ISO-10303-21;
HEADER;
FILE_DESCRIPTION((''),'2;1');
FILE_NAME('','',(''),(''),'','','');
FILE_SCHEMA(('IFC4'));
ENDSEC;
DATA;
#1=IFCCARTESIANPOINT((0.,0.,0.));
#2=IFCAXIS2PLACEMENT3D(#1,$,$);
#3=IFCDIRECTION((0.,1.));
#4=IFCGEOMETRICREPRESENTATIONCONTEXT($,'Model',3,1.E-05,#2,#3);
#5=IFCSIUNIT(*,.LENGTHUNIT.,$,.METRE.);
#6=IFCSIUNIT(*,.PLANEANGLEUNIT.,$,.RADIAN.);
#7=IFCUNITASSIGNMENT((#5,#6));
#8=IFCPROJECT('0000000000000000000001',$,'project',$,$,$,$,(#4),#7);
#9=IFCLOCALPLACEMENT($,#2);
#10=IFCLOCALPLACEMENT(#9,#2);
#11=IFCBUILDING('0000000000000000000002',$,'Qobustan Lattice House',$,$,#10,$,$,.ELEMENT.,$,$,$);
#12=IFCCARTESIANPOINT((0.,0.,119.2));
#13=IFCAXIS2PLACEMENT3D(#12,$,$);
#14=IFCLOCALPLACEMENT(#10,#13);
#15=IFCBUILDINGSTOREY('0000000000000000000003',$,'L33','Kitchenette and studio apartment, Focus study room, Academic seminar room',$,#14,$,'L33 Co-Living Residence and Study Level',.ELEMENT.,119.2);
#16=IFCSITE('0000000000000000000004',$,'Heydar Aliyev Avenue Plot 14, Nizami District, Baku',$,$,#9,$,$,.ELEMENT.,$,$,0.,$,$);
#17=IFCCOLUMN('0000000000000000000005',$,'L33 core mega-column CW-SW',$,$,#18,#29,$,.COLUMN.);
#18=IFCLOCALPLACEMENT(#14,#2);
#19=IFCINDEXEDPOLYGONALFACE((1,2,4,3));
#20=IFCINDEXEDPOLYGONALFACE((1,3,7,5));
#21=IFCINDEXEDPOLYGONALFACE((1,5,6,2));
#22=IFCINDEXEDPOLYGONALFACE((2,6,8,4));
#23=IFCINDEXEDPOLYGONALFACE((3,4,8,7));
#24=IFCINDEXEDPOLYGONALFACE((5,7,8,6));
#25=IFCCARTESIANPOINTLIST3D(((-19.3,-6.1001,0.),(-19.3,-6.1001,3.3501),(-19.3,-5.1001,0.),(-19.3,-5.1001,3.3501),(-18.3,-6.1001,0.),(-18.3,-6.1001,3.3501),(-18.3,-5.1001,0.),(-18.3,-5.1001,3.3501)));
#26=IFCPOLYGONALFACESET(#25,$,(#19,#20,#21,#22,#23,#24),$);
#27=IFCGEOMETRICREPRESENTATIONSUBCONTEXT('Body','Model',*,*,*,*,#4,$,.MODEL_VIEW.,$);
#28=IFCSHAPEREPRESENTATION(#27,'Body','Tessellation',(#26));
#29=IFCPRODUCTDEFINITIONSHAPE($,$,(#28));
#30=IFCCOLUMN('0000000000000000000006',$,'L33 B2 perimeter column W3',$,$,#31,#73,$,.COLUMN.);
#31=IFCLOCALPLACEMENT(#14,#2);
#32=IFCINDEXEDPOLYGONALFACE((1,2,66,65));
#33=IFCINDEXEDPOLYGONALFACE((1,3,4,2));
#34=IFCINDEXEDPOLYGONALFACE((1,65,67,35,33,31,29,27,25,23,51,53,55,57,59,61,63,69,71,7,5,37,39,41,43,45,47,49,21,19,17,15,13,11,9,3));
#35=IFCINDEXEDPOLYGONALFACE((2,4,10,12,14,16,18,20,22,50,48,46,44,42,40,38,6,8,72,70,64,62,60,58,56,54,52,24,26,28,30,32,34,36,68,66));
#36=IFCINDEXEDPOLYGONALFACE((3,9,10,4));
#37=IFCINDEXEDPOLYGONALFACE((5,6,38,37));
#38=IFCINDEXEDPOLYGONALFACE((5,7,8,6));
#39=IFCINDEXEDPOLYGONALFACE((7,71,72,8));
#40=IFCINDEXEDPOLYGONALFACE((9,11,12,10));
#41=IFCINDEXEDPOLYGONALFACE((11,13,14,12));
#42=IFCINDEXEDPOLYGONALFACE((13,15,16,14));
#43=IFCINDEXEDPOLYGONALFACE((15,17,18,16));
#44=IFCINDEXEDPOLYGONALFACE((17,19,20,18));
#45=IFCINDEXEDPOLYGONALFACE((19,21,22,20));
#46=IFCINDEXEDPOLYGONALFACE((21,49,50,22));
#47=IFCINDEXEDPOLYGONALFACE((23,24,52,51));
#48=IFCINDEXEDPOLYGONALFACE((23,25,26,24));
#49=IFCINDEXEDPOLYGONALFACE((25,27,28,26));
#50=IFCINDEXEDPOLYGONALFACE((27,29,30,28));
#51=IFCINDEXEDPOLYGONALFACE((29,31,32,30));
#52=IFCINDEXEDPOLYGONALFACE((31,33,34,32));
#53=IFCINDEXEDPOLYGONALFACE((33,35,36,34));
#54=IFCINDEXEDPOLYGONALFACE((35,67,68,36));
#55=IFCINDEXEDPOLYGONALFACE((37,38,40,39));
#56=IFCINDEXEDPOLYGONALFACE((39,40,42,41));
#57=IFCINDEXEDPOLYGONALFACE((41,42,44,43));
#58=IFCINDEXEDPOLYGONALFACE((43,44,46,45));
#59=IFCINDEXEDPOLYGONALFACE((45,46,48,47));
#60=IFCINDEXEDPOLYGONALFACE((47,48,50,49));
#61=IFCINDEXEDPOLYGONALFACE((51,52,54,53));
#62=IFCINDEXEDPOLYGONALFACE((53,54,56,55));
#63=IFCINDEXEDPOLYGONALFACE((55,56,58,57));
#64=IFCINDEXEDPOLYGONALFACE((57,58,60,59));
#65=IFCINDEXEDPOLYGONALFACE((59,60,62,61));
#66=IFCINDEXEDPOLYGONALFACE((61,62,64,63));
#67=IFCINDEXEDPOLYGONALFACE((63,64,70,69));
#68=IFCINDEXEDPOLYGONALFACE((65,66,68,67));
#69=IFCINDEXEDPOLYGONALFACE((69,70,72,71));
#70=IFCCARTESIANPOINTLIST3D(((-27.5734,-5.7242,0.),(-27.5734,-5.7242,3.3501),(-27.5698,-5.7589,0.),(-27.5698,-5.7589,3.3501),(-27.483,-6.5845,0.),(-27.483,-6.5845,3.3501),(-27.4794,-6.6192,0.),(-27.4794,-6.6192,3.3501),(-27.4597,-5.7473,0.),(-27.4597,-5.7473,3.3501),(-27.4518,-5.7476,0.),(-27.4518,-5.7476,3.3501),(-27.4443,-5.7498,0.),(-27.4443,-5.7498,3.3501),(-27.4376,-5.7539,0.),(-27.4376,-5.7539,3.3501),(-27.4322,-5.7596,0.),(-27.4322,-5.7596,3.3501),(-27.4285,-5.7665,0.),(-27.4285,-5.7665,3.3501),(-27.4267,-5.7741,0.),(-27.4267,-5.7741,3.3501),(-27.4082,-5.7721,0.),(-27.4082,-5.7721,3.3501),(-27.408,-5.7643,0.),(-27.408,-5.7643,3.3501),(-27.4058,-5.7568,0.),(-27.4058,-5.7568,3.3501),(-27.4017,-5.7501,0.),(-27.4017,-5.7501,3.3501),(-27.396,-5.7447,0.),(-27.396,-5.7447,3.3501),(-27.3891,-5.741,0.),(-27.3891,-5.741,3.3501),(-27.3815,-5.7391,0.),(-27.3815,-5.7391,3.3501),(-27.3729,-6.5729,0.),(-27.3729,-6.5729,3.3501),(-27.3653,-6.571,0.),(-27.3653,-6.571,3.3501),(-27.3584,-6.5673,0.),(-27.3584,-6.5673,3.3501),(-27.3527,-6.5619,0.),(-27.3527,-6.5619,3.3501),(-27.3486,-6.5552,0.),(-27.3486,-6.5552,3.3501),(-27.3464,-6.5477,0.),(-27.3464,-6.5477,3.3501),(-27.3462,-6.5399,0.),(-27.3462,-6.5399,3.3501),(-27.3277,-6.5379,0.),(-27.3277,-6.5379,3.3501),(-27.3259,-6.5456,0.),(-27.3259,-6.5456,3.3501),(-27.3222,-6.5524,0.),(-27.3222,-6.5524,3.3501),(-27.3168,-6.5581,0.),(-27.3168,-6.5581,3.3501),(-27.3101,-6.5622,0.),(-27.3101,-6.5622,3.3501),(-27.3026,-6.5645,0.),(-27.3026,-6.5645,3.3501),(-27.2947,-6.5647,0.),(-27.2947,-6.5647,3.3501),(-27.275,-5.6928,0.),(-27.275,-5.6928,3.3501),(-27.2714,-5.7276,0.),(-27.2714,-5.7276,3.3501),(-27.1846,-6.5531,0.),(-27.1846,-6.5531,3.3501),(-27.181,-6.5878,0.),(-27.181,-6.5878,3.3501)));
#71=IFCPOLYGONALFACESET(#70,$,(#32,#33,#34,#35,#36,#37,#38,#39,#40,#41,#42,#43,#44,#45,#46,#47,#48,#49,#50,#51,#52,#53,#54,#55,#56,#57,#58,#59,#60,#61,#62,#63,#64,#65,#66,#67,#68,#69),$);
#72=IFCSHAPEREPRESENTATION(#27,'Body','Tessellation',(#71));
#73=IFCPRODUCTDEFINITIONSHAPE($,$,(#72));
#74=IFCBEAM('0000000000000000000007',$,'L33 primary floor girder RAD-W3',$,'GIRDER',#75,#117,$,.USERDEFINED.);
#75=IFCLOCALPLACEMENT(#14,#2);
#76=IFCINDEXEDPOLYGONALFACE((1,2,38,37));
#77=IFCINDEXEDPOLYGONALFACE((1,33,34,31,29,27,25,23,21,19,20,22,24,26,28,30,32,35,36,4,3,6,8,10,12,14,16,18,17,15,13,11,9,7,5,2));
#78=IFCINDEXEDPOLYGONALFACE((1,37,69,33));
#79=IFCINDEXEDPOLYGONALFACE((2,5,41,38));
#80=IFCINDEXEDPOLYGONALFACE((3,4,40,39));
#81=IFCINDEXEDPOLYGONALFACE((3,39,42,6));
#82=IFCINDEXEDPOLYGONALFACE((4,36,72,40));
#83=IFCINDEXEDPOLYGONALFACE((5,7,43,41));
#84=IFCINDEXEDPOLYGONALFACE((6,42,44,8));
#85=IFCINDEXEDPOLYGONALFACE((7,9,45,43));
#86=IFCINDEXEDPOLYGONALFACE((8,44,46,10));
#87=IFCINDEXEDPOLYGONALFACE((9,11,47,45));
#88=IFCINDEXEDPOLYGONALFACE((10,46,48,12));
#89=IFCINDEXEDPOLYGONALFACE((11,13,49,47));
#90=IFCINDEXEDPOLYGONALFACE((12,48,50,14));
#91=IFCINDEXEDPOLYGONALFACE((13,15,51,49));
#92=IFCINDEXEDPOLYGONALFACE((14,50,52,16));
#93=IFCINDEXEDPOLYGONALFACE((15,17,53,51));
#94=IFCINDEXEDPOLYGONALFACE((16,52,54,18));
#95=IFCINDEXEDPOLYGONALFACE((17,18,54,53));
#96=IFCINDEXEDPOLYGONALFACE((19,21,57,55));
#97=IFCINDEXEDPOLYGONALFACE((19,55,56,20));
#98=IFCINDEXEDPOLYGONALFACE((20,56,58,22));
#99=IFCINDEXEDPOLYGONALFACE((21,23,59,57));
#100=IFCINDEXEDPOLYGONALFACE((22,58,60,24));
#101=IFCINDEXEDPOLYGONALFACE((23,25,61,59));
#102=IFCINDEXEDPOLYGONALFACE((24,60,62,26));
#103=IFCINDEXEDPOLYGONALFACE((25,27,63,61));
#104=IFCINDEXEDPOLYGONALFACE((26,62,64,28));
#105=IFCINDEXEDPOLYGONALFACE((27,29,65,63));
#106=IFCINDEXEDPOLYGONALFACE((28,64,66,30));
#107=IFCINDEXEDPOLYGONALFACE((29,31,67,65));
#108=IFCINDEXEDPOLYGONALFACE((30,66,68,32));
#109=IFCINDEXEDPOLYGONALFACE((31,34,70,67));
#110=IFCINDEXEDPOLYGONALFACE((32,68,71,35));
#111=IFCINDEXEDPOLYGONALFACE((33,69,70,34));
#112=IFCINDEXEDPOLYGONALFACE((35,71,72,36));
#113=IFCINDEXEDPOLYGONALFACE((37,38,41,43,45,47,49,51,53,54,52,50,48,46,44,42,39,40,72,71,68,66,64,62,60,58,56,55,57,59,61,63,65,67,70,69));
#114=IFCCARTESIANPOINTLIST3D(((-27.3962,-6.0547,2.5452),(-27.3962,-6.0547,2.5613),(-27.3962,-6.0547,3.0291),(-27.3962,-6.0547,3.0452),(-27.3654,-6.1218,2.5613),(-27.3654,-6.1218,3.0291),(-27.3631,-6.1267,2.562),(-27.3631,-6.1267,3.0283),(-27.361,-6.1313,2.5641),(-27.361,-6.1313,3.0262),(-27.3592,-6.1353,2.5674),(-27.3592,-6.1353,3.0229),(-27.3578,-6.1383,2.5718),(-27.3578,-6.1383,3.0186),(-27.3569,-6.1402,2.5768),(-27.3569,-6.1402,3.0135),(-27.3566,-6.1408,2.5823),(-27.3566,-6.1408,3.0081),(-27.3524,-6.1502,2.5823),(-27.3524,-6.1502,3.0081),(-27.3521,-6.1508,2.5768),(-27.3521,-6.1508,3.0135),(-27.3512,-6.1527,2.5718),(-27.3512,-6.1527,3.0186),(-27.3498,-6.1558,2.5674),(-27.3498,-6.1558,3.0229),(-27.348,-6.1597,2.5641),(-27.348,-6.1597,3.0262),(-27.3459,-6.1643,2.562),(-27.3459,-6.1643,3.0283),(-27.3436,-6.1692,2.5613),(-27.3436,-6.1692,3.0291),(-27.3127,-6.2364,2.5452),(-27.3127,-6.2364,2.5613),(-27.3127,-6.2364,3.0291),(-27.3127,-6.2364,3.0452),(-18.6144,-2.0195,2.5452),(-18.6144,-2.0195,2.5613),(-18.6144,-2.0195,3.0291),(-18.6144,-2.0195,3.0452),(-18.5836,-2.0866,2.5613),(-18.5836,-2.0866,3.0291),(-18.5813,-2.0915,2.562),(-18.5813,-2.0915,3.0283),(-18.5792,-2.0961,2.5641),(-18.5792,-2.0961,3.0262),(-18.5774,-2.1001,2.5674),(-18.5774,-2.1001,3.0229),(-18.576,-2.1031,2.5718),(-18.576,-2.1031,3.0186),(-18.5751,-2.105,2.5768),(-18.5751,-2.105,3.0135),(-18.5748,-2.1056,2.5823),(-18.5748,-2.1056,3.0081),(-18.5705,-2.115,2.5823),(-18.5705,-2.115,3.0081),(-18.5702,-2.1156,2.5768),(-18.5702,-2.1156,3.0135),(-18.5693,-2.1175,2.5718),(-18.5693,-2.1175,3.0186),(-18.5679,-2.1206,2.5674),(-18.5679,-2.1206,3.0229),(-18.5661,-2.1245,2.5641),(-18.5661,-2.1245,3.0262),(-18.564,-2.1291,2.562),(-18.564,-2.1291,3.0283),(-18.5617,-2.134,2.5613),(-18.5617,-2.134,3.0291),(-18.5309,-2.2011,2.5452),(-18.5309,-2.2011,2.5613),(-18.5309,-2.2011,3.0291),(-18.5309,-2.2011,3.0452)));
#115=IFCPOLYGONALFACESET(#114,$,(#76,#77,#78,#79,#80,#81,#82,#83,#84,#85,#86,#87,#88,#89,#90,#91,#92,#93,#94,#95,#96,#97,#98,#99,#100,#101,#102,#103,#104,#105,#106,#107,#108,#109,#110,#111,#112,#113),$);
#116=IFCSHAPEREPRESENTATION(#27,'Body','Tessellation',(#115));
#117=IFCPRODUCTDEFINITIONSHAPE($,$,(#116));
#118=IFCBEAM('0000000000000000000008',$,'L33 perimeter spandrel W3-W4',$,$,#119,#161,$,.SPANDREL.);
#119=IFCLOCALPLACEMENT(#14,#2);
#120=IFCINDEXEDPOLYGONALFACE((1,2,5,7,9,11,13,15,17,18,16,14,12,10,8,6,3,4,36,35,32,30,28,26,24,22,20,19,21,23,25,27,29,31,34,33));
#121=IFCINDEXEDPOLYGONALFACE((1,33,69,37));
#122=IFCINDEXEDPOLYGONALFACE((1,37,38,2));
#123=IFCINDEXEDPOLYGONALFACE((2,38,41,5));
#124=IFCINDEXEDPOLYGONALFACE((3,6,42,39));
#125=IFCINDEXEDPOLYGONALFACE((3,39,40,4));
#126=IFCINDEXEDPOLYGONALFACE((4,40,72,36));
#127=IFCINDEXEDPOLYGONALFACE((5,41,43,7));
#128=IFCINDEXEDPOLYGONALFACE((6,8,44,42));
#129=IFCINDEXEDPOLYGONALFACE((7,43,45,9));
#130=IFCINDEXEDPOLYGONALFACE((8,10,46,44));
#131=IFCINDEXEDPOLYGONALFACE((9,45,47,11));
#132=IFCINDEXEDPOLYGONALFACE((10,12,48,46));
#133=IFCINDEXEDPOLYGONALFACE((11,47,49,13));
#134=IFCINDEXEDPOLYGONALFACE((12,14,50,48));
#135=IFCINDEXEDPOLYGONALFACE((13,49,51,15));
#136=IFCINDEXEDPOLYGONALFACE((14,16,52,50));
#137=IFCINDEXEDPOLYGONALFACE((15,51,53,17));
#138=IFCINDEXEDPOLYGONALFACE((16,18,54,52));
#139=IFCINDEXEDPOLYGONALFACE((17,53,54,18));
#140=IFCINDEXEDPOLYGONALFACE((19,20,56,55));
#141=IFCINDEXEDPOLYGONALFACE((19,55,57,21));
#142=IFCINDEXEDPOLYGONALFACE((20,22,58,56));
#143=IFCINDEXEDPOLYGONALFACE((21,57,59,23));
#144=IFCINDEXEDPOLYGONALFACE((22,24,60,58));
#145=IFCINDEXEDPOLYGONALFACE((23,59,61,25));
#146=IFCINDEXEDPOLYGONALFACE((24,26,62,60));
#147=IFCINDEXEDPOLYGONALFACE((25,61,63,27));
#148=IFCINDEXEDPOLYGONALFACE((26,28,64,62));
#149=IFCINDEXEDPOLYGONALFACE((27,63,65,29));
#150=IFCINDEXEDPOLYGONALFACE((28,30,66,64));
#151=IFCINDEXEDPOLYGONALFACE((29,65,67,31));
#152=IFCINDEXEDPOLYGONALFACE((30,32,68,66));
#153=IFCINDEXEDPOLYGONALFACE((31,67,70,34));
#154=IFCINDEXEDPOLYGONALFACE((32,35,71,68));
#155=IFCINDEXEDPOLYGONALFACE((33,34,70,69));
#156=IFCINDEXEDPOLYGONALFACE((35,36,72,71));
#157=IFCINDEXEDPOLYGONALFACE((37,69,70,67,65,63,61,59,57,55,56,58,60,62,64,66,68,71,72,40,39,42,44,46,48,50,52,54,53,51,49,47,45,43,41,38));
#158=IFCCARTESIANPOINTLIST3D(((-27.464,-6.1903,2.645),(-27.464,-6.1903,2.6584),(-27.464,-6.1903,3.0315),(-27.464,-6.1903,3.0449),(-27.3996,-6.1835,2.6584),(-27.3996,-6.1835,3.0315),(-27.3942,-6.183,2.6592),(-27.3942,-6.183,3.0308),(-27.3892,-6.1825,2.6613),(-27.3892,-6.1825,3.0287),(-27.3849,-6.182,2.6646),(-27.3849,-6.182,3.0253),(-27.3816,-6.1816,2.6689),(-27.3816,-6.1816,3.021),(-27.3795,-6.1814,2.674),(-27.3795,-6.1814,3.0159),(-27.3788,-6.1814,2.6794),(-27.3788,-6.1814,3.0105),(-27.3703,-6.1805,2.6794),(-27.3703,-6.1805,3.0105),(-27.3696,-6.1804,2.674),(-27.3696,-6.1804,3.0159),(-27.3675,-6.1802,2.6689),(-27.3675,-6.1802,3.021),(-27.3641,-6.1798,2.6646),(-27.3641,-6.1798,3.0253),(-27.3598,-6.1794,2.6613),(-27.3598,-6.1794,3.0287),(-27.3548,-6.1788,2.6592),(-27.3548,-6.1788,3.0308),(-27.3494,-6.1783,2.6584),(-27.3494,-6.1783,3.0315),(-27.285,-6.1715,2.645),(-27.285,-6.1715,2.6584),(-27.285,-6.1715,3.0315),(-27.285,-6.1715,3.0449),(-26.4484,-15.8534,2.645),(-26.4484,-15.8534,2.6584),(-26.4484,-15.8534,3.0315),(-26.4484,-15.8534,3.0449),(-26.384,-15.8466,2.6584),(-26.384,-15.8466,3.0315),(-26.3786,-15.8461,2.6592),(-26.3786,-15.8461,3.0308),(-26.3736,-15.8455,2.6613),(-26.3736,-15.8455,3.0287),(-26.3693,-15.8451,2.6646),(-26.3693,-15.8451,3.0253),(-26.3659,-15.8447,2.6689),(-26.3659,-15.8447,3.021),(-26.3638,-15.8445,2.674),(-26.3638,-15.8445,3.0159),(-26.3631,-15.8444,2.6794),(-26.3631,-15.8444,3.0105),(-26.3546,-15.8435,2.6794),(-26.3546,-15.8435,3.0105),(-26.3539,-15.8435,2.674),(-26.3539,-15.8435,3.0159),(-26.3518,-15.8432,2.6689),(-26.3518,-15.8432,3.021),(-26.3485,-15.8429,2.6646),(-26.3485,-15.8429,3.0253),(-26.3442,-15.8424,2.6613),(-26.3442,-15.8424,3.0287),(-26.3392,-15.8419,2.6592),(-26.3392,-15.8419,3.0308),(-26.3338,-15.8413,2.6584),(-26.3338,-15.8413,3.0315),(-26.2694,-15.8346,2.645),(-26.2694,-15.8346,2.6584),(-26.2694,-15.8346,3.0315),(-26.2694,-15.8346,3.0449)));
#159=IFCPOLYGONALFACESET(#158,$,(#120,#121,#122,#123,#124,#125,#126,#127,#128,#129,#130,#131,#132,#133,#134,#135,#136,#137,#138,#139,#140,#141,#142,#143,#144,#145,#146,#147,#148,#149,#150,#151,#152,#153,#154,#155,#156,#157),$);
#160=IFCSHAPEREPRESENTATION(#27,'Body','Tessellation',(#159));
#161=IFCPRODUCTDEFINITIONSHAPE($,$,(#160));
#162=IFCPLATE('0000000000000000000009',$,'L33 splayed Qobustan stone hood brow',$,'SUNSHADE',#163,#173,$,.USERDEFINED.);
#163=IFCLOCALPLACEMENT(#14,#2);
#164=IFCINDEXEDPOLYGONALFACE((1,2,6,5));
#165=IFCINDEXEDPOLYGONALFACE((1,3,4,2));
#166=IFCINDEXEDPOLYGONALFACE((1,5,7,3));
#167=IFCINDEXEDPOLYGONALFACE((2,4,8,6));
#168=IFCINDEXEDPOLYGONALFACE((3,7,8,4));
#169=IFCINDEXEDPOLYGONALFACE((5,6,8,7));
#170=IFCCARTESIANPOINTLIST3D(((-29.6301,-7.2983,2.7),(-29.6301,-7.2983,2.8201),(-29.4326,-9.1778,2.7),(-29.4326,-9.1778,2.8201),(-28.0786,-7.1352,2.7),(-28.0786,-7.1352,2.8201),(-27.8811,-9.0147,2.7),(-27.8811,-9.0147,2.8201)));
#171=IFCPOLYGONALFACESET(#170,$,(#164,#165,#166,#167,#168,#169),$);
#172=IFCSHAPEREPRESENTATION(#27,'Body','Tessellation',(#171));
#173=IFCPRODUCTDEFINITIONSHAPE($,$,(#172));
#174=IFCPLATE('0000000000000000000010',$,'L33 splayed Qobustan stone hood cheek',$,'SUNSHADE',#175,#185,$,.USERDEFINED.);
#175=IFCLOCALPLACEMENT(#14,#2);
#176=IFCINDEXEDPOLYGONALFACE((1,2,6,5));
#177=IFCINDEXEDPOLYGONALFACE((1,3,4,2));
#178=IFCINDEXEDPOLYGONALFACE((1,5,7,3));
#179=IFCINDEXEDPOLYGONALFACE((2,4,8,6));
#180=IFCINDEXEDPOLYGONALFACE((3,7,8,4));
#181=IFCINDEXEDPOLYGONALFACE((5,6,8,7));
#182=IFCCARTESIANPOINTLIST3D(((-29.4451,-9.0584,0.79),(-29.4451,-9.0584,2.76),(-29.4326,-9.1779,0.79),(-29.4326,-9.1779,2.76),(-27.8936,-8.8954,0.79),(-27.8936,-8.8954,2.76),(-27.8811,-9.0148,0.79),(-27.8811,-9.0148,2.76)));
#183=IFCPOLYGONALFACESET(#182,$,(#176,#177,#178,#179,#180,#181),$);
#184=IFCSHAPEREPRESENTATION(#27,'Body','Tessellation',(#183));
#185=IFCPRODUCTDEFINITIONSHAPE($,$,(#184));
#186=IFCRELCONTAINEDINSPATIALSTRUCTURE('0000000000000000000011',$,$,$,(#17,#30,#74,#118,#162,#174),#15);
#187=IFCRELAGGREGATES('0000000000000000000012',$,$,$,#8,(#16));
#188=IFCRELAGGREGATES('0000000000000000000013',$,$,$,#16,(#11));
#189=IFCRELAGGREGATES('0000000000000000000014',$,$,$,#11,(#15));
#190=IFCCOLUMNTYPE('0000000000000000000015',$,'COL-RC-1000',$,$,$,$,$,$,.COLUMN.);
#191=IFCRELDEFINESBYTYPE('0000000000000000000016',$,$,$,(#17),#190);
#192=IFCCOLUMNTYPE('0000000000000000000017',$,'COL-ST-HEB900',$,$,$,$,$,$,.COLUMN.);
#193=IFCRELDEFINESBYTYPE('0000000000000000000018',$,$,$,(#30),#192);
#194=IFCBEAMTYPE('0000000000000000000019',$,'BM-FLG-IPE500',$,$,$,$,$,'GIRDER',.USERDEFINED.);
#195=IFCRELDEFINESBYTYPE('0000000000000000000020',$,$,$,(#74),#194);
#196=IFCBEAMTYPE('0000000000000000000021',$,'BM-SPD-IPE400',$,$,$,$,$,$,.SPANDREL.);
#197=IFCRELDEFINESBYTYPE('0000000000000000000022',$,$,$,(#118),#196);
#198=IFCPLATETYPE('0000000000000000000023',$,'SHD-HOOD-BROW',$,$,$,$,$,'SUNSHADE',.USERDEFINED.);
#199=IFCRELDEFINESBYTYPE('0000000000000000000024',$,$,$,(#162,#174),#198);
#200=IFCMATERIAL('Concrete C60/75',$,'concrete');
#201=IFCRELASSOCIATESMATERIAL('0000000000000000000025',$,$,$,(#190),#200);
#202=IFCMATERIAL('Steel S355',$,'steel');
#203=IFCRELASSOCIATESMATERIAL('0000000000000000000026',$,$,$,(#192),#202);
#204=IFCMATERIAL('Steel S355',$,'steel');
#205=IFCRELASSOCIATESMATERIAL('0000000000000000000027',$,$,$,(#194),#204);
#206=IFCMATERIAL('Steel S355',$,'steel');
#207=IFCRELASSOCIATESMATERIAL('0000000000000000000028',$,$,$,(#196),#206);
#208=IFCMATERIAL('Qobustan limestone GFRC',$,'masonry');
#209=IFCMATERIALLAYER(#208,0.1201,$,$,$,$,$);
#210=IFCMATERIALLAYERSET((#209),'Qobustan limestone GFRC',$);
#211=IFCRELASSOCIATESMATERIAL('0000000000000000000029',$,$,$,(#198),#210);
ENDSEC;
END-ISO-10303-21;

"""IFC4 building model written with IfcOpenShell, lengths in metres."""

from ifc_helpers import new_model, si_unit, direction, frame, origin, origin_2d, place, context, subcontext, project, spatial, rectangle, i_section, extrude, material, layer, layer_set, material_profile, profile_set, type_object, element, save


model = new_model("IFC4")

# Units and contexts
model_context = context("Model", 3, precision=1e-05, world=origin(), true_north=direction((0.0, 1.0)))
body_context = subcontext(model_context, "Body", "Model", "MODEL_VIEW")
ifc_project = project(units=[si_unit("LENGTHUNIT", "METRE"), si_unit("PLANEANGLEUNIT", "RADIAN")], contexts=[model_context])

# Site, building, storey
site_placement = place(None, origin())
site = spatial("IfcSite", under=ifc_project, at=site_placement, Name="Heydar Aliyev Avenue Plot 14, Nizami District, Baku", CompositionType="ELEMENT", RefElevation=0.0)
building_placement = place(site_placement, origin())
building = spatial("IfcBuilding", under=site, at=building_placement, Name="Qobustan Lattice House", CompositionType="ELEMENT")
storey_placement = place(building_placement, frame((0.0, 0.0, 119.2)))
storey = spatial("IfcBuildingStorey", under=building, at=storey_placement, Name="L33", Description="Kitchenette and studio apartment, Focus study room, Academic seminar room", LongName="L33 Co-Living Residence and Study Level", CompositionType="ELEMENT", Elevation=119.2)

# Columns
ifc_material_1 = material(Name="Concrete C60/75", Category="concrete")
ifc_material_profile_1 = material_profile(ifc_material_1, rectangle(XDim=1.0, YDim=1.0, at=origin_2d()), Name="RC1000x1000")
ifc_profile_set_1 = profile_set([ifc_material_profile_1], Name="Concrete C60/75")
column_type_1 = type_object("IfcColumnType", Name="COL-RC-1000", PredefinedType="COLUMN", material=ifc_profile_set_1)
column_1_placement = place(storey_placement, frame((-18.8, -5.6001, 0.0), z_axis=(0.0, 0.0, 1.0), x_axis=(1.0, 0.0, 0.0)))
element("IfcColumn", 1, at=column_1_placement, inside=storey, type_object=column_type_1, Name="L33 core mega-column CW-SW", PredefinedType="COLUMN", context=body_context, shape_type="SweptSolid", body=[
    extrude(rectangle(XDim=1.0, YDim=1.0, at=origin_2d()), origin(), (0.0, 0.0, 1.0), 3.3501),
])
ifc_material_2 = material(Name="Steel S355", Category="steel")
ifc_material_profile_2 = material_profile(ifc_material_2, i_section(OverallWidth=0.3, OverallDepth=0.8999, WebThickness=0.0186, FlangeThickness=0.0349, FilletRadius=0.03, at=origin_2d()), Name="HEB900")
ifc_profile_set_2 = profile_set([ifc_material_profile_2], Name="Steel S355")
column_type_2 = type_object("IfcColumnType", Name="COL-ST-HEB900", PredefinedType="COLUMN", material=ifc_profile_set_2)
column_2_placement = place(storey_placement, frame((-27.3772, -6.156, 0.0), z_axis=(0.0, 0.0, 1.0), x_axis=(0.994522, 0.104528, 0.0)))
element("IfcColumn", 2, at=column_2_placement, inside=storey, type_object=column_type_2, Name="L33 B2 perimeter column W3", PredefinedType="COLUMN", context=body_context, shape_type="SweptSolid", body=[
    extrude(i_section(OverallWidth=0.3, OverallDepth=0.8999, WebThickness=0.0186, FlangeThickness=0.0349, FilletRadius=0.03, at=origin_2d()), origin(), (0.0, 0.0, 1.0), 3.3501),
])

# Beams
ifc_material_3 = material(Name="Steel S355", Category="steel")
ifc_material_profile_3 = material_profile(ifc_material_3, i_section(OverallWidth=0.2, OverallDepth=0.5, WebThickness=0.0103, FlangeThickness=0.0161, FilletRadius=0.021, at=origin_2d()), Name="IPE500")
ifc_profile_set_3 = profile_set([ifc_material_profile_3], Name="Steel S355")
beam_type_1 = type_object("IfcBeamType", Name="BM-FLG-IPE500", ElementType="GIRDER", PredefinedType="USERDEFINED", material=ifc_profile_set_3)
beam_1_placement = place(storey_placement, frame((-27.3545, -6.1455, 2.7952), z_axis=(0.908665, 0.417526, 0.0), x_axis=(-0.417526, 0.908665, 0.0)))
element("IfcBeam", 3, at=beam_1_placement, inside=storey, type_object=beam_type_1, Name="L33 primary floor girder RAD-W3", ObjectType="GIRDER", PredefinedType="USERDEFINED", context=body_context, shape_type="SweptSolid", body=[
    extrude(i_section(OverallWidth=0.2, OverallDepth=0.5, WebThickness=0.0103, FlangeThickness=0.0161, FilletRadius=0.021, at=origin_2d()), origin(), (0.0, 0.0, 1.0), 9.6646),
])
ifc_material_4 = material(Name="Steel S355", Category="steel")
ifc_material_profile_4 = material_profile(ifc_material_4, i_section(OverallWidth=0.1799, OverallDepth=0.3999, WebThickness=0.0085, FlangeThickness=0.0134, FilletRadius=0.021, at=origin_2d()), Name="IPE400")
ifc_profile_set_4 = profile_set([ifc_material_profile_4], Name="Steel S355")
beam_type_2 = type_object("IfcBeamType", Name="BM-SPD-IPE400", PredefinedType="SPANDREL", material=ifc_profile_set_4)
beam_2_placement = place(storey_placement, frame((-27.3745, -6.1809, 2.845), z_axis=(0.104528, -0.994522, 0.0), x_axis=(0.994522, 0.104528, 0.0)))
element("IfcBeam", 4, at=beam_2_placement, inside=storey, type_object=beam_type_2, Name="L33 perimeter spandrel W3-W4", PredefinedType="SPANDREL", context=body_context, shape_type="SweptSolid", body=[
    extrude(i_section(OverallWidth=0.1799, OverallDepth=0.3999, WebThickness=0.0085, FlangeThickness=0.0134, FilletRadius=0.021, at=origin_2d()), origin(), (0.0, 0.0, 1.0), 9.7163),
])

# Plates
ifc_material_5 = material(Name="Qobustan limestone GFRC", Category="masonry")
ifc_layer_1 = layer(ifc_material_5, 0.1201)
ifc_layer_set_1 = layer_set([ifc_layer_1], Name="Qobustan limestone GFRC")
plate_type = type_object("IfcPlateType", Name="SHD-HOOD-BROW", ElementType="SUNSHADE", PredefinedType="USERDEFINED", material=ifc_layer_set_1)
plate_1_placement = place(storey_placement, frame((-28.7556, -8.1565, 2.7), z_axis=(0.0, 0.0, 1.0), x_axis=(-0.104528, 0.994522, 0.0)))
element("IfcPlate", 5, at=plate_1_placement, inside=storey, type_object=plate_type, Name="L33 splayed Qobustan stone hood brow", ObjectType="SUNSHADE", PredefinedType="USERDEFINED", context=body_context, shape_type="SweptSolid", body=[
    extrude(rectangle(XDim=1.8899, YDim=1.5601, at=origin_2d()), origin(), (0.0, 0.0, 1.0), 0.1201),
])
plate_2_placement = place(storey_placement, frame((-28.6631, -9.0366, 0.79), z_axis=(0.0, 0.0, 1.0), x_axis=(-0.104528, 0.994522, 0.0)))
element("IfcPlate", 6, at=plate_2_placement, inside=storey, type_object=plate_type, Name="L33 splayed Qobustan stone hood cheek", ObjectType="SUNSHADE", PredefinedType="USERDEFINED", context=body_context, shape_type="SweptSolid", body=[
    extrude(rectangle(XDim=0.1201, YDim=1.5601, at=origin_2d()), origin(), (0.0, 0.0, 1.0), 1.97),
])

save(model, "model.ifc")
